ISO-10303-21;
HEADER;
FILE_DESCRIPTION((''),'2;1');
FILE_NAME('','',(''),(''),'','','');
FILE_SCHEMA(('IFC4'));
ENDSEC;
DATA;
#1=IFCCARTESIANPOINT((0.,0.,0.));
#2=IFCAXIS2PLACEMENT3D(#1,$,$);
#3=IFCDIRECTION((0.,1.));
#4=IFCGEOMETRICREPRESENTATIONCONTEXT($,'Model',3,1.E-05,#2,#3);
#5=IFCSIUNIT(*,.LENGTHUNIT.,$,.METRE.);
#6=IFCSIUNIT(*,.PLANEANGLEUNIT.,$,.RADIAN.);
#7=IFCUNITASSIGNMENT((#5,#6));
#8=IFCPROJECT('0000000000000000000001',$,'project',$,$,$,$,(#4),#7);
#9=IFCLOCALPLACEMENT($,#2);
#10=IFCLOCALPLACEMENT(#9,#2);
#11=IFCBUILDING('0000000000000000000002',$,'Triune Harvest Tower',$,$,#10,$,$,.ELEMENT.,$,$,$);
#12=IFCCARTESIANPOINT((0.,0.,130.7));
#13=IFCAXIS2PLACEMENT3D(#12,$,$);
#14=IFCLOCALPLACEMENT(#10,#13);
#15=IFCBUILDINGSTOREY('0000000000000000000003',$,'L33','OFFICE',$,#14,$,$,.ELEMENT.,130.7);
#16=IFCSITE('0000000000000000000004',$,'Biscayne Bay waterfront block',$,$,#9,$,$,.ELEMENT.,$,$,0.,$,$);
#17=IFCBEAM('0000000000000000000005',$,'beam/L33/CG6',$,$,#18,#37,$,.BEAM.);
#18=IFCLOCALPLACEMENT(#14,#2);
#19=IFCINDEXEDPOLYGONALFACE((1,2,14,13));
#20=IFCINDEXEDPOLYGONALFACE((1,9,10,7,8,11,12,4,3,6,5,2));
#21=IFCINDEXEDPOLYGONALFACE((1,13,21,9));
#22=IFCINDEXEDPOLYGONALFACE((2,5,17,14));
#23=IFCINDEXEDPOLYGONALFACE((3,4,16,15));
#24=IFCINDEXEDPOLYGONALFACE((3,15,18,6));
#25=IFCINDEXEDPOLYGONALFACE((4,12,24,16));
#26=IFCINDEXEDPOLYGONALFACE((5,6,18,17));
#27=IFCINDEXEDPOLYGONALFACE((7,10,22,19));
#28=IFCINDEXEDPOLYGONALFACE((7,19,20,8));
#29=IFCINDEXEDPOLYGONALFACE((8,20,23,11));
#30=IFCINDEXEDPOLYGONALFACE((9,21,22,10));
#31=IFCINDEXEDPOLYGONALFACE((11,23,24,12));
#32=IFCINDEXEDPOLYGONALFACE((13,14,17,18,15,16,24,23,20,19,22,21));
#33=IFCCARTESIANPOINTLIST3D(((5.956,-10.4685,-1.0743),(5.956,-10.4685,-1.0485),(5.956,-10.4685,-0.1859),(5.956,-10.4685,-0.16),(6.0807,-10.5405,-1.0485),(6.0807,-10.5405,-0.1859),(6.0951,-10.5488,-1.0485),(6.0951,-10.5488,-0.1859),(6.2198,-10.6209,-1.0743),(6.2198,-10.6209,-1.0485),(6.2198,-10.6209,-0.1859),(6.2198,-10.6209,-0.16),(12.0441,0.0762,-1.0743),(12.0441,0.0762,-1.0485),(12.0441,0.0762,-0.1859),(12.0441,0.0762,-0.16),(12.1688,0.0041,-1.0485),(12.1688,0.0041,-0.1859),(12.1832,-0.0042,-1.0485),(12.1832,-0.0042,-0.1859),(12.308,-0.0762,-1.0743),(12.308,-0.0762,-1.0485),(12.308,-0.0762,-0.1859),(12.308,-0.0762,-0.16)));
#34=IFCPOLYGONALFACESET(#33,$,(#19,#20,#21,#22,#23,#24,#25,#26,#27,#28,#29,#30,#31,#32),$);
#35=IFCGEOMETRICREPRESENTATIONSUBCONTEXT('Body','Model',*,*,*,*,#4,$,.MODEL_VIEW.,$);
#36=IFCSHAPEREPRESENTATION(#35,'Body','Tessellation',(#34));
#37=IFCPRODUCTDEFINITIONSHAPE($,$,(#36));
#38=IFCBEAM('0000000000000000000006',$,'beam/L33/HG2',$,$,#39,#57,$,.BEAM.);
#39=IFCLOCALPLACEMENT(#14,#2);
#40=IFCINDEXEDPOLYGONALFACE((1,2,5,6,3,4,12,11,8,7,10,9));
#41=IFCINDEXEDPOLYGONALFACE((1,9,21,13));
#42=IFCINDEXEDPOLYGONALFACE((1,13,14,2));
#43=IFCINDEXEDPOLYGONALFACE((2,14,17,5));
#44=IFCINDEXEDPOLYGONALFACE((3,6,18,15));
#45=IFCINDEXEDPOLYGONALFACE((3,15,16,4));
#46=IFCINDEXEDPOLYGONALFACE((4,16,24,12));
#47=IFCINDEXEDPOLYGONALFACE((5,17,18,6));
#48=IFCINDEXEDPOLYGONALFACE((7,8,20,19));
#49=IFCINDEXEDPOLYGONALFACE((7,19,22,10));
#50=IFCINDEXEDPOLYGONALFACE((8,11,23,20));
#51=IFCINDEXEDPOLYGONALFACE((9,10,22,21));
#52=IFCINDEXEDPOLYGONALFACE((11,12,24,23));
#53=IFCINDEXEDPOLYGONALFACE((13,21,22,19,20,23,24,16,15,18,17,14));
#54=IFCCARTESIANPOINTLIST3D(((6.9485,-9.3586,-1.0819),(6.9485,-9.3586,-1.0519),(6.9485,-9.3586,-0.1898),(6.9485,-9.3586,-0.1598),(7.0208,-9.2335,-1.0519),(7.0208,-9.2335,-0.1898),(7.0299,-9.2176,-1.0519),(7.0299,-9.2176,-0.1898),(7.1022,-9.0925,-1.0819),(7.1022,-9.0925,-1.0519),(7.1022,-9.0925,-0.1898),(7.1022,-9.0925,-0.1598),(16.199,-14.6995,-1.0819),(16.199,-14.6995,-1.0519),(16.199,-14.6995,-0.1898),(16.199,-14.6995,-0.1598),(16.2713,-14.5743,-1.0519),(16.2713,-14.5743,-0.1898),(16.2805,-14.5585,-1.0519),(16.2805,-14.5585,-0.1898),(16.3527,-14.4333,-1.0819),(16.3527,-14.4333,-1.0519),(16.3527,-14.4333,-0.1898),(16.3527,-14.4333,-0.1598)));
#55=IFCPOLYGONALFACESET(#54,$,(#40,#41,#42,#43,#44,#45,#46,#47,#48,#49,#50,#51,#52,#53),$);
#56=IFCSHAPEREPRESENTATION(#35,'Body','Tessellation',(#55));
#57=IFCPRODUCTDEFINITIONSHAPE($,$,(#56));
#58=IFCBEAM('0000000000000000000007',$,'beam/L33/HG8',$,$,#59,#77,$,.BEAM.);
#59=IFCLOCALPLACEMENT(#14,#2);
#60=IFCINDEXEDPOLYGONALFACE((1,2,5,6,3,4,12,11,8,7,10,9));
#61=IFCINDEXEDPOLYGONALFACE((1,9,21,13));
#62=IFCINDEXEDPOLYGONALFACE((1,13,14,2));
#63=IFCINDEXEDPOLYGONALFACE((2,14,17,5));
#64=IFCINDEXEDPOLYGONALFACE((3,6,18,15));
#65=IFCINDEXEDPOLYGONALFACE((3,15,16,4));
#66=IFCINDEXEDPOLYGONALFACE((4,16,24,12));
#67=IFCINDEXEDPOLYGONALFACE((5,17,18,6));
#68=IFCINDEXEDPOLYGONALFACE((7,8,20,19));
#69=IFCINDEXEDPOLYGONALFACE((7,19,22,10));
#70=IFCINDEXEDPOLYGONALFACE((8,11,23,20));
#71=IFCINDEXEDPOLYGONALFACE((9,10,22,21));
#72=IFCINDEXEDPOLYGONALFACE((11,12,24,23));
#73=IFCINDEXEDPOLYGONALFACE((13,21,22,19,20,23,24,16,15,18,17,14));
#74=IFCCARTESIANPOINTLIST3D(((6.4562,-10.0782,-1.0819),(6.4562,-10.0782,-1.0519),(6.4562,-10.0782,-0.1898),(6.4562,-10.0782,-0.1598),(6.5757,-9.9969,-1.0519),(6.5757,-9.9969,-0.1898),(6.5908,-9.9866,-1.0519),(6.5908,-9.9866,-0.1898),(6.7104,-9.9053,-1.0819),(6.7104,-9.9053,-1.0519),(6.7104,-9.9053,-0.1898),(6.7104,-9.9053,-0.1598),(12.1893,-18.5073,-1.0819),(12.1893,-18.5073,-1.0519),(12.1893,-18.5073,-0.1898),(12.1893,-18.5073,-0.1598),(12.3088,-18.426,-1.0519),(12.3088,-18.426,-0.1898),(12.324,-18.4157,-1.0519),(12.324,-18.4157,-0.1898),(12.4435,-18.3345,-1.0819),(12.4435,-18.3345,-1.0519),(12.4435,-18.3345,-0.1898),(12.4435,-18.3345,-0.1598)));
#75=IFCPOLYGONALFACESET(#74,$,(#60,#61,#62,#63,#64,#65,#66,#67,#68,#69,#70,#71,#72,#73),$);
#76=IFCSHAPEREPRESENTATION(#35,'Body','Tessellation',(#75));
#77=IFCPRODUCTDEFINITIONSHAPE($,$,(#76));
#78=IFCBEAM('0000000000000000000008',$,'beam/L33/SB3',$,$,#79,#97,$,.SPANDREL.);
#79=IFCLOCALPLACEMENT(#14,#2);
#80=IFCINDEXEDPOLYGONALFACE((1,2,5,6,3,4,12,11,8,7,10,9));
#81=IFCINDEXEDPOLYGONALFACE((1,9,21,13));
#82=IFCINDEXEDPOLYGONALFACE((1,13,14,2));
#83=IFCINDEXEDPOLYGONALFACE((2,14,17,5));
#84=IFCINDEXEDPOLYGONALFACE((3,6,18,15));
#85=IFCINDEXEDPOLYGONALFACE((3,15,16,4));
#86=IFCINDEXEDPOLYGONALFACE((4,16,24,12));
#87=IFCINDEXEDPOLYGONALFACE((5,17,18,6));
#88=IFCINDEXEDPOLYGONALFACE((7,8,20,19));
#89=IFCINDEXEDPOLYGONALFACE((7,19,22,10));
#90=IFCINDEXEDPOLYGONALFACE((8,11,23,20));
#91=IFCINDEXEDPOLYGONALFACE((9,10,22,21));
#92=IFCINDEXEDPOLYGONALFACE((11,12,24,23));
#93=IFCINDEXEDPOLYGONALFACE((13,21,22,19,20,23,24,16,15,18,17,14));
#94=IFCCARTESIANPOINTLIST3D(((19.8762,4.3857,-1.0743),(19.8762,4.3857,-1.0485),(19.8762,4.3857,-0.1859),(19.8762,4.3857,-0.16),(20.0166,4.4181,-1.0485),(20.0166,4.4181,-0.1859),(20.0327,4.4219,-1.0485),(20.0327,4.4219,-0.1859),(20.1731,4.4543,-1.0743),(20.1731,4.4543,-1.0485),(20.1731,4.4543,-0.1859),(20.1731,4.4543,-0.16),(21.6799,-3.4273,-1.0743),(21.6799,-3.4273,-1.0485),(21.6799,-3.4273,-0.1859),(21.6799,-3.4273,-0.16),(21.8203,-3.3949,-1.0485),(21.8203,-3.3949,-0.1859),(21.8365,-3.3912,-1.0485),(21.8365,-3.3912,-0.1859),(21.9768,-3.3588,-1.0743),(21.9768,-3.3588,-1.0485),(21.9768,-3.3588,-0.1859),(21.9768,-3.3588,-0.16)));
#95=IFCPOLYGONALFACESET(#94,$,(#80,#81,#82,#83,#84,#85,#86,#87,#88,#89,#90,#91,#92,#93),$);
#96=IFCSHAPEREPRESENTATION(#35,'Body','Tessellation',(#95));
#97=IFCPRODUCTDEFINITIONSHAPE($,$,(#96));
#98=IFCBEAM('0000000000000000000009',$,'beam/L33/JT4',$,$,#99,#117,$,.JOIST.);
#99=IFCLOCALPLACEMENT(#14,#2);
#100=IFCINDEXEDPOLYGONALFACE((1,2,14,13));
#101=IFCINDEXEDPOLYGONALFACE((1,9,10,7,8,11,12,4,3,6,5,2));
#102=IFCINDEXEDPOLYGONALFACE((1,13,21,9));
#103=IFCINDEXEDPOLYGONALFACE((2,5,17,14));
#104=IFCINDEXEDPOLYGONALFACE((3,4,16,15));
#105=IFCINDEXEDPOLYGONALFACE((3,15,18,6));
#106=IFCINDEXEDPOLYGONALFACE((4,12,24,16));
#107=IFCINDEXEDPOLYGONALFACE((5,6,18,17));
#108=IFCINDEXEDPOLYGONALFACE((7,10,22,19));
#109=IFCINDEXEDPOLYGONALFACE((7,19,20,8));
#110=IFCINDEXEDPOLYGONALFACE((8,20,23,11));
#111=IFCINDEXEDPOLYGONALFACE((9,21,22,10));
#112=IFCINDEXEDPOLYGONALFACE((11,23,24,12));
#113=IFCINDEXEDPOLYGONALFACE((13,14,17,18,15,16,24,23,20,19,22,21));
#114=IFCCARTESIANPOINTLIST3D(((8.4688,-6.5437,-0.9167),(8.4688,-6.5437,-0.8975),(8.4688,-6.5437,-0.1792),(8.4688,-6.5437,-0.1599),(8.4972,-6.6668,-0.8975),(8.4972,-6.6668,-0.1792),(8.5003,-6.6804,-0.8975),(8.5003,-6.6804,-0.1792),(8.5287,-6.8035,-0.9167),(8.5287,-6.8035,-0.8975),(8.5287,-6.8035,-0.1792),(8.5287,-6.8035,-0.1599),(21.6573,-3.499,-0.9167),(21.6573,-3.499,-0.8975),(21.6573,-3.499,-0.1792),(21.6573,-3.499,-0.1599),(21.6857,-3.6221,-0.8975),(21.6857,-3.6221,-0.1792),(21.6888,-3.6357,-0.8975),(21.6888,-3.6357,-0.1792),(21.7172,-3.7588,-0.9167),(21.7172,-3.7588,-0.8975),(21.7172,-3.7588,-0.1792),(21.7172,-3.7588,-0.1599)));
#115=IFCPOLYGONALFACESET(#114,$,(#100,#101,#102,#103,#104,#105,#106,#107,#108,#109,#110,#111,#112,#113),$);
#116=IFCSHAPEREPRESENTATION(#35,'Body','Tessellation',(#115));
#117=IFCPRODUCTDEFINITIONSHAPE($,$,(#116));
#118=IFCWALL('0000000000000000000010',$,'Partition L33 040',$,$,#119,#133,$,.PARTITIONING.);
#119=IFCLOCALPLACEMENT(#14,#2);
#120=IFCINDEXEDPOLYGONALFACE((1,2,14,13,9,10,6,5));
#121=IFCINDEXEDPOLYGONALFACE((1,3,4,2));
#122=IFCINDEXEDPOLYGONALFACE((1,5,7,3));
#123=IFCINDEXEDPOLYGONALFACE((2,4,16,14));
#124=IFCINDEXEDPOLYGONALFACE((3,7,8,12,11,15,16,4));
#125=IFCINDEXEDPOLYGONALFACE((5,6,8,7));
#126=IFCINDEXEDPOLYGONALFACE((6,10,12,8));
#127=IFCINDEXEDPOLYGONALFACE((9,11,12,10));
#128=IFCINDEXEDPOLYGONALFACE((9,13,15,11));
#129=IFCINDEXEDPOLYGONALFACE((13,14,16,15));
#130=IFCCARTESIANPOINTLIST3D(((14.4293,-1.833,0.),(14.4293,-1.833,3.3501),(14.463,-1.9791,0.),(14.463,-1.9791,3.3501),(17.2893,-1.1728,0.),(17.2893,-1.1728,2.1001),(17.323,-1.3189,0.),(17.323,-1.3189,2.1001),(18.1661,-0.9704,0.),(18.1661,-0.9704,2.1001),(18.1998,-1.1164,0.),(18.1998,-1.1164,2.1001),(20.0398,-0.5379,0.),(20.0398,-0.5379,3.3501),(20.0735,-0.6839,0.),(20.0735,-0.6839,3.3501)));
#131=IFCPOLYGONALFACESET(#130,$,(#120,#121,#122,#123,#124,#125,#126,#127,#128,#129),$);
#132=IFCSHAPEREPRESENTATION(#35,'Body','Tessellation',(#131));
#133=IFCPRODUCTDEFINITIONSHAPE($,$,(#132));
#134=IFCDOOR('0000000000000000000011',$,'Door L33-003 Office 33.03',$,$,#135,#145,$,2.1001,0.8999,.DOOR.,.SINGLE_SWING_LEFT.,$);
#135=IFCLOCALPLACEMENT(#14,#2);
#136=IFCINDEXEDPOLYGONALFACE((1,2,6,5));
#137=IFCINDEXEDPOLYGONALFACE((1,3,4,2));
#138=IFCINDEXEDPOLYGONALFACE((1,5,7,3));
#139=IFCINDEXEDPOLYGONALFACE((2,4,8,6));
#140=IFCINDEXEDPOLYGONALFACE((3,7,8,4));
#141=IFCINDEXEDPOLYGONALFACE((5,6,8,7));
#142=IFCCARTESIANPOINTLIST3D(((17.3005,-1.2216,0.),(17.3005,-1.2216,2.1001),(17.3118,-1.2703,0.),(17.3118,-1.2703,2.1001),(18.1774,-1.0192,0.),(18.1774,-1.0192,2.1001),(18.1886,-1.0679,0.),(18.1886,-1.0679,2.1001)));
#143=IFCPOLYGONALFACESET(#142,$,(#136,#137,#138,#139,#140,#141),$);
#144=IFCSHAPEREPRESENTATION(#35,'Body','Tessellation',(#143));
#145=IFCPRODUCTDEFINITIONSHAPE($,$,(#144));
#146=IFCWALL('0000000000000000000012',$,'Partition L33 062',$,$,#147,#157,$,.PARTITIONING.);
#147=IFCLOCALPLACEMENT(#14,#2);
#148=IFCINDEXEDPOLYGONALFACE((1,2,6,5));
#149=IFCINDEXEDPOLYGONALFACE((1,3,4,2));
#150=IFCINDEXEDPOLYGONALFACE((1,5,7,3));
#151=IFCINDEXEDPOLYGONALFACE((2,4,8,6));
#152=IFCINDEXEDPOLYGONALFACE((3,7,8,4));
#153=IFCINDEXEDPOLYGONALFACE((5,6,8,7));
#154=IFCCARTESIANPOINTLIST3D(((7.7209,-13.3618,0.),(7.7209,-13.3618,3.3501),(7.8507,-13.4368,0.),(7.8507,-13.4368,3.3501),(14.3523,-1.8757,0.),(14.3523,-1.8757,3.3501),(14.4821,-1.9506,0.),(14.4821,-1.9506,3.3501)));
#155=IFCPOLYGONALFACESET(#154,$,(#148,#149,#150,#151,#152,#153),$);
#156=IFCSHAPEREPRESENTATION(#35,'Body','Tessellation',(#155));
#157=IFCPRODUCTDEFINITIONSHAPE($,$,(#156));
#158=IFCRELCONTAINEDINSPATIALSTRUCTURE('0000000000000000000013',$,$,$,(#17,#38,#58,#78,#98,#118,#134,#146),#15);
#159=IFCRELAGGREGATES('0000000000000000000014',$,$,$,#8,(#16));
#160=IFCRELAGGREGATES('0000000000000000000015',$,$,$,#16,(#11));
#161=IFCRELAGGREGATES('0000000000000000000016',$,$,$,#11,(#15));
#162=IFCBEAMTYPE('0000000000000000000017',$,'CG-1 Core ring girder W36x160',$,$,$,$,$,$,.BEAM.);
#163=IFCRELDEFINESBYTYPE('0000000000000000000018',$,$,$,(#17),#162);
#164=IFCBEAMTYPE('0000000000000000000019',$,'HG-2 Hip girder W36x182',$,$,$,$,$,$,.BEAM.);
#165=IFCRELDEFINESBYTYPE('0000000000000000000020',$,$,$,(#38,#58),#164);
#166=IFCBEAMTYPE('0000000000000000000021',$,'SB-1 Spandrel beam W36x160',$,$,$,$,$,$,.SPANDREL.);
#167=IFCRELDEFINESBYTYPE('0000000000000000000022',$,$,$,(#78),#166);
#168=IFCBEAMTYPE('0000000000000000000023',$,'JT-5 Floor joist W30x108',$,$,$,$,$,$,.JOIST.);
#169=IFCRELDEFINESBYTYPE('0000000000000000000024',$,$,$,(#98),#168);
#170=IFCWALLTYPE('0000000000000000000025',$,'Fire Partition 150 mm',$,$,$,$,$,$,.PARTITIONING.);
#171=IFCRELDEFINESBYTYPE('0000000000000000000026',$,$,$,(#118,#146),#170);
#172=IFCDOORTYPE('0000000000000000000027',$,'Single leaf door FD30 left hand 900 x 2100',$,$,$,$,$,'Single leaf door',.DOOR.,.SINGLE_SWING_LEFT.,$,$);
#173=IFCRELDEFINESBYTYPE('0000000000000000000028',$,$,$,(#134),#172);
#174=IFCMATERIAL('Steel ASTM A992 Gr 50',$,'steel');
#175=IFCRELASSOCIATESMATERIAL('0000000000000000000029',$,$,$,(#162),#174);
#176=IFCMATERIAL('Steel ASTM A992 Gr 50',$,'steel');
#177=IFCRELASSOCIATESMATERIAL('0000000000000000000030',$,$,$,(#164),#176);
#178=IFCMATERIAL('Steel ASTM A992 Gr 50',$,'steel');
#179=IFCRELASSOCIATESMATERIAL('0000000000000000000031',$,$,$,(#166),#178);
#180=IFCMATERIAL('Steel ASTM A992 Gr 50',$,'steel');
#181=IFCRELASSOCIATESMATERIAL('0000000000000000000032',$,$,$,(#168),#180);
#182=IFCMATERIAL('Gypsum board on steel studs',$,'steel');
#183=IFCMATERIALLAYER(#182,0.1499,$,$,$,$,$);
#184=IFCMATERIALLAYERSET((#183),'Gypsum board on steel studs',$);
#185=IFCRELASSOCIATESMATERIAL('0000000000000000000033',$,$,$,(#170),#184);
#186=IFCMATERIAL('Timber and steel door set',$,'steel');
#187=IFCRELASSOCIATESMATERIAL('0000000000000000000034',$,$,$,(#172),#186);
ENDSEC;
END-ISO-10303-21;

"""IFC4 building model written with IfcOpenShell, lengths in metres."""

from ifc_helpers import new_model, si_unit, direction, frame, frame_2d, origin, origin_2d, place, context, subcontext, project, spatial, rectangle, i_section, extrude, source, transform, mapped, material, layer, layer_set, material_profile, profile_set, type_object, element, fill, save


model = new_model("IFC4")

# Units and contexts
model_context = context("Model", 3, precision=1e-05, world=origin(), true_north=direction((0.0, 1.0)))
body_context = subcontext(model_context, "Body", "Model", "MODEL_VIEW")
ifc_project = project(units=[si_unit("LENGTHUNIT", "METRE"), si_unit("PLANEANGLEUNIT", "RADIAN")], contexts=[model_context])

# Site, building, storey
site_placement = place(None, origin())
site = spatial("IfcSite", under=ifc_project, at=site_placement, Name="Biscayne Bay waterfront block", CompositionType="ELEMENT", RefElevation=0.0)
building_placement = place(site_placement, origin())
building = spatial("IfcBuilding", under=site, at=building_placement, Name="Triune Harvest Tower", CompositionType="ELEMENT")
storey_placement = place(building_placement, frame((0.0, 0.0, 130.7)))
storey = spatial("IfcBuildingStorey", under=building, at=storey_placement, Name="L33", Description="OFFICE", CompositionType="ELEMENT", Elevation=130.7)

# Beams
ifc_material_1 = material(Name="Steel ASTM A992 Gr 50", Category="steel")
ifc_material_profile_1 = material_profile(ifc_material_1, i_section(OverallWidth=0.3047, OverallDepth=0.9143, WebThickness=0.0166, FlangeThickness=0.0259, at=origin_2d()), Name="W36x160")
ifc_profile_set_1 = profile_set([ifc_material_profile_1], Name="Steel ASTM A992 Gr 50")
beam_type_1 = type_object("IfcBeamType", Name="CG-1 Core ring girder W36x160", PredefinedType="BEAM", material=ifc_profile_set_1)
shared_shape_1 = source(origin(), body_context, "Body", "SweptSolid", [
    extrude(i_section(OverallWidth=0.3047, OverallDepth=0.9143, WebThickness=0.0166, FlangeThickness=0.0259, at=origin_2d()), origin(), (0.0, 0.0, 1.0), 12.176),
])
beam_1_placement = place(storey_placement, frame((6.0879, -10.5447, -0.6172), z_axis=(0.50001, 0.86602, 0.0), x_axis=(-0.86602, 0.50001, 0.0)))
element("IfcBeam", 1, at=beam_1_placement, inside=storey, type_object=beam_type_1, Name="beam/L33/CG6", PredefinedType="BEAM", context=body_context, shape_type="MappedRepresentation", body=[
    mapped(shared_shape_1, transform((0.0, 0.0, 0.0), scale=1.0)),
])
ifc_material_2 = material(Name="Steel ASTM A992 Gr 50", Category="steel")
ifc_material_profile_2 = material_profile(ifc_material_2, i_section(OverallWidth=0.3074, OverallDepth=0.9221, WebThickness=0.0183, FlangeThickness=0.03, at=origin_2d()), Name="W36x182")
ifc_profile_set_2 = profile_set([ifc_material_profile_2], Name="Steel ASTM A992 Gr 50")
beam_type_2 = type_object("IfcBeamType", Name="HG-2 Hip girder W36x182", PredefinedType="BEAM", material=ifc_profile_set_2)
shared_shape_2 = source(origin(), body_context, "Body", "SweptSolid", [
    extrude(i_section(OverallWidth=0.3074, OverallDepth=0.9221, WebThickness=0.0183, FlangeThickness=0.03, at=origin_2d()), origin(), (0.0, 0.0, 1.0), 10.6816),
])
beam_2_placement = place(storey_placement, frame((16.2759, -14.5664, -0.6208), z_axis=(-0.866023, 0.500003, 0.0), x_axis=(-0.500003, -0.866023, 0.0)))
element("IfcBeam", 2, at=beam_2_placement, inside=storey, type_object=beam_type_2, Name="beam/L33/HG2", PredefinedType="BEAM", context=body_context, shape_type="MappedRepresentation", body=[
    mapped(shared_shape_2, transform((0.0, 0.0, 0.0), scale=1.0)),
])
shared_shape_3 = source(origin(), body_context, "Body", "SweptSolid", [
    extrude(i_section(OverallWidth=0.3074, OverallDepth=0.9221, WebThickness=0.0183, FlangeThickness=0.03, at=origin_2d()), origin(), (0.0, 0.0, 1.0), 10.1941),
])
beam_3_placement = place(storey_placement, frame((12.3164, -18.4209, -0.6208), z_axis=(-0.562397, 0.826867, 0.0), x_axis=(-0.826867, -0.562397, 0.0)))
element("IfcBeam", 3, at=beam_3_placement, inside=storey, type_object=beam_type_2, Name="beam/L33/HG8", PredefinedType="BEAM", context=body_context, shape_type="MappedRepresentation", body=[
    mapped(shared_shape_3, transform((0.0, 0.0, 0.0), scale=1.0)),
])
ifc_material_3 = material(Name="Steel ASTM A992 Gr 50", Category="steel")
ifc_material_profile_3 = material_profile(ifc_material_3, i_section(OverallWidth=0.3047, OverallDepth=0.9143, WebThickness=0.0166, FlangeThickness=0.0259, at=origin_2d()), Name="W36x160")
ifc_profile_set_3 = profile_set([ifc_material_profile_3], Name="Steel ASTM A992 Gr 50")
beam_type_3 = type_object("IfcBeamType", Name="SB-1 Spandrel beam W36x160", PredefinedType="SPANDREL", material=ifc_profile_set_3)
shared_shape_4 = source(origin(), body_context, "Body", "SweptSolid", [
    extrude(i_section(OverallWidth=0.3047, OverallDepth=0.9143, WebThickness=0.0166, FlangeThickness=0.0259, at=origin_2d()), origin(), (0.0, 0.0, 1.0), 8.0186),
])
beam_4_placement = place(storey_placement, frame((21.8284, -3.3931, -0.6172), z_axis=(-0.224944, 0.974372, 0.0), x_axis=(-0.974372, -0.224944, 0.0)))
element("IfcBeam", 4, at=beam_4_placement, inside=storey, type_object=beam_type_3, Name="beam/L33/SB3", PredefinedType="SPANDREL", context=body_context, shape_type="MappedRepresentation", body=[
    mapped(shared_shape_4, transform((0.0, 0.0, 0.0), scale=1.0)),
])
ifc_material_4 = material(Name="Steel ASTM A992 Gr 50", Category="steel")
ifc_material_profile_4 = material_profile(ifc_material_4, i_section(OverallWidth=0.2666, OverallDepth=0.7568, WebThickness=0.0139, FlangeThickness=0.0193, at=origin_2d()), Name="W30x108")
ifc_profile_set_4 = profile_set([ifc_material_profile_4], Name="Steel ASTM A992 Gr 50")
beam_type_4 = type_object("IfcBeamType", Name="JT-5 Floor joist W30x108", PredefinedType="JOIST", material=ifc_profile_set_4)
shared_shape_5 = source(origin(), body_context, "Body", "SweptSolid", [
    extrude(i_section(OverallWidth=0.2666, OverallDepth=0.7568, WebThickness=0.0139, FlangeThickness=0.0193, at=origin_2d()), origin(), (0.0, 0.0, 1.0), 13.5354),
])
beam_5_placement = place(storey_placement, frame((21.6873, -3.6289, -0.5383), z_axis=(-0.974372, -0.224942, 0.0), x_axis=(0.224942, -0.974372, 0.0)))
element("IfcBeam", 5, at=beam_5_placement, inside=storey, type_object=beam_type_4, Name="beam/L33/JT4", PredefinedType="JOIST", context=body_context, shape_type="MappedRepresentation", body=[
    mapped(shared_shape_5, transform((0.0, 0.0, 0.0), scale=1.0)),
])

# Wall, opening, door
ifc_material_5 = material(Name="Gypsum board on steel studs", Category="steel")
ifc_layer_1 = layer(ifc_material_5, 0.1499)
ifc_layer_set_1 = layer_set([ifc_layer_1], Name="Gypsum board on steel studs")
wall_type_1 = type_object("IfcWallType", Name="Fire Partition 150 mm", PredefinedType="PARTITIONING", material=ifc_layer_set_1)
wall_1_placement = place(storey_placement, frame((14.4463, -1.906, 0.0), z_axis=(0.0, 0.0, 1.0), x_axis=(0.974375, 0.224928, 0.0)))
wall_1 = element("IfcWall", 6, at=wall_1_placement, inside=storey, type_object=wall_type_1, Name="Partition L33 040", PredefinedType="PARTITIONING", context=body_context, shape_type="SweptSolid", body=[
    extrude(rectangle(XDim=5.7581, YDim=0.1499, at=frame_2d((2.8789, 0.0))), origin(), (0.0, 0.0, 1.0), 3.3501),
])
opening_1_placement = place(wall_1_placement, frame((2.9351, 0.0, 0.0)))
opening_1 = element("IfcOpeningElement", 7, at=opening_1_placement, cuts=wall_1, PredefinedType="OPENING", context=body_context, shape_type="SweptSolid", body=[
    extrude(rectangle(XDim=0.8999, YDim=2.1001, at=frame_2d((0.45, 1.05))), frame((0.0, 0.085, 0.0), z_axis=(0.0, -1.0, 0.0), x_axis=(1.0, 0.0, 0.0)), (0.0, 0.0, 1.0), 0.1699),
])
ifc_material_6 = material(Name="Timber and steel door set", Category="steel")
door_type_1 = type_object("IfcDoorType", Name="Single leaf door FD30 left hand 900 x 2100", ElementType="Single leaf door", OperationType="SINGLE_SWING_LEFT", PredefinedType="DOOR", material=ifc_material_6)
door_1_placement = place(opening_1_placement, origin())
door_1 = element("IfcDoor", 8, at=door_1_placement, inside=storey, type_object=door_type_1, Name="Door L33-003 Office 33.03", OperationType="SINGLE_SWING_LEFT", OverallHeight=2.1001, OverallWidth=0.8999, PredefinedType="DOOR", context=body_context, shape_type="SweptSolid", body=[
    extrude(rectangle(XDim=0.8999, YDim=2.1001, at=frame_2d((0.45, 1.05))), frame((0.0, 0.0249, 0.0), z_axis=(0.0, -1.0, 0.0), x_axis=(1.0, 0.0, 0.0)), (0.0, 0.0, 1.0), 0.05),
])
fill(opening_1, door_1)

# Wall
wall_2_placement = place(storey_placement, frame((7.7859, -13.3992, 0.0), z_axis=(0.0, 0.0, 1.0), x_axis=(0.499992, 0.86603, 0.0)))
element("IfcWall", 9, at=wall_2_placement, inside=storey, type_object=wall_type_1, Name="Partition L33 062", PredefinedType="PARTITIONING", context=body_context, shape_type="SweptSolid", body=[
    extrude(rectangle(XDim=13.2629, YDim=0.1499, at=frame_2d((6.6313, 0.0))), origin(), (0.0, 0.0, 1.0), 3.3501),
])

save(model, "model.ifc")
